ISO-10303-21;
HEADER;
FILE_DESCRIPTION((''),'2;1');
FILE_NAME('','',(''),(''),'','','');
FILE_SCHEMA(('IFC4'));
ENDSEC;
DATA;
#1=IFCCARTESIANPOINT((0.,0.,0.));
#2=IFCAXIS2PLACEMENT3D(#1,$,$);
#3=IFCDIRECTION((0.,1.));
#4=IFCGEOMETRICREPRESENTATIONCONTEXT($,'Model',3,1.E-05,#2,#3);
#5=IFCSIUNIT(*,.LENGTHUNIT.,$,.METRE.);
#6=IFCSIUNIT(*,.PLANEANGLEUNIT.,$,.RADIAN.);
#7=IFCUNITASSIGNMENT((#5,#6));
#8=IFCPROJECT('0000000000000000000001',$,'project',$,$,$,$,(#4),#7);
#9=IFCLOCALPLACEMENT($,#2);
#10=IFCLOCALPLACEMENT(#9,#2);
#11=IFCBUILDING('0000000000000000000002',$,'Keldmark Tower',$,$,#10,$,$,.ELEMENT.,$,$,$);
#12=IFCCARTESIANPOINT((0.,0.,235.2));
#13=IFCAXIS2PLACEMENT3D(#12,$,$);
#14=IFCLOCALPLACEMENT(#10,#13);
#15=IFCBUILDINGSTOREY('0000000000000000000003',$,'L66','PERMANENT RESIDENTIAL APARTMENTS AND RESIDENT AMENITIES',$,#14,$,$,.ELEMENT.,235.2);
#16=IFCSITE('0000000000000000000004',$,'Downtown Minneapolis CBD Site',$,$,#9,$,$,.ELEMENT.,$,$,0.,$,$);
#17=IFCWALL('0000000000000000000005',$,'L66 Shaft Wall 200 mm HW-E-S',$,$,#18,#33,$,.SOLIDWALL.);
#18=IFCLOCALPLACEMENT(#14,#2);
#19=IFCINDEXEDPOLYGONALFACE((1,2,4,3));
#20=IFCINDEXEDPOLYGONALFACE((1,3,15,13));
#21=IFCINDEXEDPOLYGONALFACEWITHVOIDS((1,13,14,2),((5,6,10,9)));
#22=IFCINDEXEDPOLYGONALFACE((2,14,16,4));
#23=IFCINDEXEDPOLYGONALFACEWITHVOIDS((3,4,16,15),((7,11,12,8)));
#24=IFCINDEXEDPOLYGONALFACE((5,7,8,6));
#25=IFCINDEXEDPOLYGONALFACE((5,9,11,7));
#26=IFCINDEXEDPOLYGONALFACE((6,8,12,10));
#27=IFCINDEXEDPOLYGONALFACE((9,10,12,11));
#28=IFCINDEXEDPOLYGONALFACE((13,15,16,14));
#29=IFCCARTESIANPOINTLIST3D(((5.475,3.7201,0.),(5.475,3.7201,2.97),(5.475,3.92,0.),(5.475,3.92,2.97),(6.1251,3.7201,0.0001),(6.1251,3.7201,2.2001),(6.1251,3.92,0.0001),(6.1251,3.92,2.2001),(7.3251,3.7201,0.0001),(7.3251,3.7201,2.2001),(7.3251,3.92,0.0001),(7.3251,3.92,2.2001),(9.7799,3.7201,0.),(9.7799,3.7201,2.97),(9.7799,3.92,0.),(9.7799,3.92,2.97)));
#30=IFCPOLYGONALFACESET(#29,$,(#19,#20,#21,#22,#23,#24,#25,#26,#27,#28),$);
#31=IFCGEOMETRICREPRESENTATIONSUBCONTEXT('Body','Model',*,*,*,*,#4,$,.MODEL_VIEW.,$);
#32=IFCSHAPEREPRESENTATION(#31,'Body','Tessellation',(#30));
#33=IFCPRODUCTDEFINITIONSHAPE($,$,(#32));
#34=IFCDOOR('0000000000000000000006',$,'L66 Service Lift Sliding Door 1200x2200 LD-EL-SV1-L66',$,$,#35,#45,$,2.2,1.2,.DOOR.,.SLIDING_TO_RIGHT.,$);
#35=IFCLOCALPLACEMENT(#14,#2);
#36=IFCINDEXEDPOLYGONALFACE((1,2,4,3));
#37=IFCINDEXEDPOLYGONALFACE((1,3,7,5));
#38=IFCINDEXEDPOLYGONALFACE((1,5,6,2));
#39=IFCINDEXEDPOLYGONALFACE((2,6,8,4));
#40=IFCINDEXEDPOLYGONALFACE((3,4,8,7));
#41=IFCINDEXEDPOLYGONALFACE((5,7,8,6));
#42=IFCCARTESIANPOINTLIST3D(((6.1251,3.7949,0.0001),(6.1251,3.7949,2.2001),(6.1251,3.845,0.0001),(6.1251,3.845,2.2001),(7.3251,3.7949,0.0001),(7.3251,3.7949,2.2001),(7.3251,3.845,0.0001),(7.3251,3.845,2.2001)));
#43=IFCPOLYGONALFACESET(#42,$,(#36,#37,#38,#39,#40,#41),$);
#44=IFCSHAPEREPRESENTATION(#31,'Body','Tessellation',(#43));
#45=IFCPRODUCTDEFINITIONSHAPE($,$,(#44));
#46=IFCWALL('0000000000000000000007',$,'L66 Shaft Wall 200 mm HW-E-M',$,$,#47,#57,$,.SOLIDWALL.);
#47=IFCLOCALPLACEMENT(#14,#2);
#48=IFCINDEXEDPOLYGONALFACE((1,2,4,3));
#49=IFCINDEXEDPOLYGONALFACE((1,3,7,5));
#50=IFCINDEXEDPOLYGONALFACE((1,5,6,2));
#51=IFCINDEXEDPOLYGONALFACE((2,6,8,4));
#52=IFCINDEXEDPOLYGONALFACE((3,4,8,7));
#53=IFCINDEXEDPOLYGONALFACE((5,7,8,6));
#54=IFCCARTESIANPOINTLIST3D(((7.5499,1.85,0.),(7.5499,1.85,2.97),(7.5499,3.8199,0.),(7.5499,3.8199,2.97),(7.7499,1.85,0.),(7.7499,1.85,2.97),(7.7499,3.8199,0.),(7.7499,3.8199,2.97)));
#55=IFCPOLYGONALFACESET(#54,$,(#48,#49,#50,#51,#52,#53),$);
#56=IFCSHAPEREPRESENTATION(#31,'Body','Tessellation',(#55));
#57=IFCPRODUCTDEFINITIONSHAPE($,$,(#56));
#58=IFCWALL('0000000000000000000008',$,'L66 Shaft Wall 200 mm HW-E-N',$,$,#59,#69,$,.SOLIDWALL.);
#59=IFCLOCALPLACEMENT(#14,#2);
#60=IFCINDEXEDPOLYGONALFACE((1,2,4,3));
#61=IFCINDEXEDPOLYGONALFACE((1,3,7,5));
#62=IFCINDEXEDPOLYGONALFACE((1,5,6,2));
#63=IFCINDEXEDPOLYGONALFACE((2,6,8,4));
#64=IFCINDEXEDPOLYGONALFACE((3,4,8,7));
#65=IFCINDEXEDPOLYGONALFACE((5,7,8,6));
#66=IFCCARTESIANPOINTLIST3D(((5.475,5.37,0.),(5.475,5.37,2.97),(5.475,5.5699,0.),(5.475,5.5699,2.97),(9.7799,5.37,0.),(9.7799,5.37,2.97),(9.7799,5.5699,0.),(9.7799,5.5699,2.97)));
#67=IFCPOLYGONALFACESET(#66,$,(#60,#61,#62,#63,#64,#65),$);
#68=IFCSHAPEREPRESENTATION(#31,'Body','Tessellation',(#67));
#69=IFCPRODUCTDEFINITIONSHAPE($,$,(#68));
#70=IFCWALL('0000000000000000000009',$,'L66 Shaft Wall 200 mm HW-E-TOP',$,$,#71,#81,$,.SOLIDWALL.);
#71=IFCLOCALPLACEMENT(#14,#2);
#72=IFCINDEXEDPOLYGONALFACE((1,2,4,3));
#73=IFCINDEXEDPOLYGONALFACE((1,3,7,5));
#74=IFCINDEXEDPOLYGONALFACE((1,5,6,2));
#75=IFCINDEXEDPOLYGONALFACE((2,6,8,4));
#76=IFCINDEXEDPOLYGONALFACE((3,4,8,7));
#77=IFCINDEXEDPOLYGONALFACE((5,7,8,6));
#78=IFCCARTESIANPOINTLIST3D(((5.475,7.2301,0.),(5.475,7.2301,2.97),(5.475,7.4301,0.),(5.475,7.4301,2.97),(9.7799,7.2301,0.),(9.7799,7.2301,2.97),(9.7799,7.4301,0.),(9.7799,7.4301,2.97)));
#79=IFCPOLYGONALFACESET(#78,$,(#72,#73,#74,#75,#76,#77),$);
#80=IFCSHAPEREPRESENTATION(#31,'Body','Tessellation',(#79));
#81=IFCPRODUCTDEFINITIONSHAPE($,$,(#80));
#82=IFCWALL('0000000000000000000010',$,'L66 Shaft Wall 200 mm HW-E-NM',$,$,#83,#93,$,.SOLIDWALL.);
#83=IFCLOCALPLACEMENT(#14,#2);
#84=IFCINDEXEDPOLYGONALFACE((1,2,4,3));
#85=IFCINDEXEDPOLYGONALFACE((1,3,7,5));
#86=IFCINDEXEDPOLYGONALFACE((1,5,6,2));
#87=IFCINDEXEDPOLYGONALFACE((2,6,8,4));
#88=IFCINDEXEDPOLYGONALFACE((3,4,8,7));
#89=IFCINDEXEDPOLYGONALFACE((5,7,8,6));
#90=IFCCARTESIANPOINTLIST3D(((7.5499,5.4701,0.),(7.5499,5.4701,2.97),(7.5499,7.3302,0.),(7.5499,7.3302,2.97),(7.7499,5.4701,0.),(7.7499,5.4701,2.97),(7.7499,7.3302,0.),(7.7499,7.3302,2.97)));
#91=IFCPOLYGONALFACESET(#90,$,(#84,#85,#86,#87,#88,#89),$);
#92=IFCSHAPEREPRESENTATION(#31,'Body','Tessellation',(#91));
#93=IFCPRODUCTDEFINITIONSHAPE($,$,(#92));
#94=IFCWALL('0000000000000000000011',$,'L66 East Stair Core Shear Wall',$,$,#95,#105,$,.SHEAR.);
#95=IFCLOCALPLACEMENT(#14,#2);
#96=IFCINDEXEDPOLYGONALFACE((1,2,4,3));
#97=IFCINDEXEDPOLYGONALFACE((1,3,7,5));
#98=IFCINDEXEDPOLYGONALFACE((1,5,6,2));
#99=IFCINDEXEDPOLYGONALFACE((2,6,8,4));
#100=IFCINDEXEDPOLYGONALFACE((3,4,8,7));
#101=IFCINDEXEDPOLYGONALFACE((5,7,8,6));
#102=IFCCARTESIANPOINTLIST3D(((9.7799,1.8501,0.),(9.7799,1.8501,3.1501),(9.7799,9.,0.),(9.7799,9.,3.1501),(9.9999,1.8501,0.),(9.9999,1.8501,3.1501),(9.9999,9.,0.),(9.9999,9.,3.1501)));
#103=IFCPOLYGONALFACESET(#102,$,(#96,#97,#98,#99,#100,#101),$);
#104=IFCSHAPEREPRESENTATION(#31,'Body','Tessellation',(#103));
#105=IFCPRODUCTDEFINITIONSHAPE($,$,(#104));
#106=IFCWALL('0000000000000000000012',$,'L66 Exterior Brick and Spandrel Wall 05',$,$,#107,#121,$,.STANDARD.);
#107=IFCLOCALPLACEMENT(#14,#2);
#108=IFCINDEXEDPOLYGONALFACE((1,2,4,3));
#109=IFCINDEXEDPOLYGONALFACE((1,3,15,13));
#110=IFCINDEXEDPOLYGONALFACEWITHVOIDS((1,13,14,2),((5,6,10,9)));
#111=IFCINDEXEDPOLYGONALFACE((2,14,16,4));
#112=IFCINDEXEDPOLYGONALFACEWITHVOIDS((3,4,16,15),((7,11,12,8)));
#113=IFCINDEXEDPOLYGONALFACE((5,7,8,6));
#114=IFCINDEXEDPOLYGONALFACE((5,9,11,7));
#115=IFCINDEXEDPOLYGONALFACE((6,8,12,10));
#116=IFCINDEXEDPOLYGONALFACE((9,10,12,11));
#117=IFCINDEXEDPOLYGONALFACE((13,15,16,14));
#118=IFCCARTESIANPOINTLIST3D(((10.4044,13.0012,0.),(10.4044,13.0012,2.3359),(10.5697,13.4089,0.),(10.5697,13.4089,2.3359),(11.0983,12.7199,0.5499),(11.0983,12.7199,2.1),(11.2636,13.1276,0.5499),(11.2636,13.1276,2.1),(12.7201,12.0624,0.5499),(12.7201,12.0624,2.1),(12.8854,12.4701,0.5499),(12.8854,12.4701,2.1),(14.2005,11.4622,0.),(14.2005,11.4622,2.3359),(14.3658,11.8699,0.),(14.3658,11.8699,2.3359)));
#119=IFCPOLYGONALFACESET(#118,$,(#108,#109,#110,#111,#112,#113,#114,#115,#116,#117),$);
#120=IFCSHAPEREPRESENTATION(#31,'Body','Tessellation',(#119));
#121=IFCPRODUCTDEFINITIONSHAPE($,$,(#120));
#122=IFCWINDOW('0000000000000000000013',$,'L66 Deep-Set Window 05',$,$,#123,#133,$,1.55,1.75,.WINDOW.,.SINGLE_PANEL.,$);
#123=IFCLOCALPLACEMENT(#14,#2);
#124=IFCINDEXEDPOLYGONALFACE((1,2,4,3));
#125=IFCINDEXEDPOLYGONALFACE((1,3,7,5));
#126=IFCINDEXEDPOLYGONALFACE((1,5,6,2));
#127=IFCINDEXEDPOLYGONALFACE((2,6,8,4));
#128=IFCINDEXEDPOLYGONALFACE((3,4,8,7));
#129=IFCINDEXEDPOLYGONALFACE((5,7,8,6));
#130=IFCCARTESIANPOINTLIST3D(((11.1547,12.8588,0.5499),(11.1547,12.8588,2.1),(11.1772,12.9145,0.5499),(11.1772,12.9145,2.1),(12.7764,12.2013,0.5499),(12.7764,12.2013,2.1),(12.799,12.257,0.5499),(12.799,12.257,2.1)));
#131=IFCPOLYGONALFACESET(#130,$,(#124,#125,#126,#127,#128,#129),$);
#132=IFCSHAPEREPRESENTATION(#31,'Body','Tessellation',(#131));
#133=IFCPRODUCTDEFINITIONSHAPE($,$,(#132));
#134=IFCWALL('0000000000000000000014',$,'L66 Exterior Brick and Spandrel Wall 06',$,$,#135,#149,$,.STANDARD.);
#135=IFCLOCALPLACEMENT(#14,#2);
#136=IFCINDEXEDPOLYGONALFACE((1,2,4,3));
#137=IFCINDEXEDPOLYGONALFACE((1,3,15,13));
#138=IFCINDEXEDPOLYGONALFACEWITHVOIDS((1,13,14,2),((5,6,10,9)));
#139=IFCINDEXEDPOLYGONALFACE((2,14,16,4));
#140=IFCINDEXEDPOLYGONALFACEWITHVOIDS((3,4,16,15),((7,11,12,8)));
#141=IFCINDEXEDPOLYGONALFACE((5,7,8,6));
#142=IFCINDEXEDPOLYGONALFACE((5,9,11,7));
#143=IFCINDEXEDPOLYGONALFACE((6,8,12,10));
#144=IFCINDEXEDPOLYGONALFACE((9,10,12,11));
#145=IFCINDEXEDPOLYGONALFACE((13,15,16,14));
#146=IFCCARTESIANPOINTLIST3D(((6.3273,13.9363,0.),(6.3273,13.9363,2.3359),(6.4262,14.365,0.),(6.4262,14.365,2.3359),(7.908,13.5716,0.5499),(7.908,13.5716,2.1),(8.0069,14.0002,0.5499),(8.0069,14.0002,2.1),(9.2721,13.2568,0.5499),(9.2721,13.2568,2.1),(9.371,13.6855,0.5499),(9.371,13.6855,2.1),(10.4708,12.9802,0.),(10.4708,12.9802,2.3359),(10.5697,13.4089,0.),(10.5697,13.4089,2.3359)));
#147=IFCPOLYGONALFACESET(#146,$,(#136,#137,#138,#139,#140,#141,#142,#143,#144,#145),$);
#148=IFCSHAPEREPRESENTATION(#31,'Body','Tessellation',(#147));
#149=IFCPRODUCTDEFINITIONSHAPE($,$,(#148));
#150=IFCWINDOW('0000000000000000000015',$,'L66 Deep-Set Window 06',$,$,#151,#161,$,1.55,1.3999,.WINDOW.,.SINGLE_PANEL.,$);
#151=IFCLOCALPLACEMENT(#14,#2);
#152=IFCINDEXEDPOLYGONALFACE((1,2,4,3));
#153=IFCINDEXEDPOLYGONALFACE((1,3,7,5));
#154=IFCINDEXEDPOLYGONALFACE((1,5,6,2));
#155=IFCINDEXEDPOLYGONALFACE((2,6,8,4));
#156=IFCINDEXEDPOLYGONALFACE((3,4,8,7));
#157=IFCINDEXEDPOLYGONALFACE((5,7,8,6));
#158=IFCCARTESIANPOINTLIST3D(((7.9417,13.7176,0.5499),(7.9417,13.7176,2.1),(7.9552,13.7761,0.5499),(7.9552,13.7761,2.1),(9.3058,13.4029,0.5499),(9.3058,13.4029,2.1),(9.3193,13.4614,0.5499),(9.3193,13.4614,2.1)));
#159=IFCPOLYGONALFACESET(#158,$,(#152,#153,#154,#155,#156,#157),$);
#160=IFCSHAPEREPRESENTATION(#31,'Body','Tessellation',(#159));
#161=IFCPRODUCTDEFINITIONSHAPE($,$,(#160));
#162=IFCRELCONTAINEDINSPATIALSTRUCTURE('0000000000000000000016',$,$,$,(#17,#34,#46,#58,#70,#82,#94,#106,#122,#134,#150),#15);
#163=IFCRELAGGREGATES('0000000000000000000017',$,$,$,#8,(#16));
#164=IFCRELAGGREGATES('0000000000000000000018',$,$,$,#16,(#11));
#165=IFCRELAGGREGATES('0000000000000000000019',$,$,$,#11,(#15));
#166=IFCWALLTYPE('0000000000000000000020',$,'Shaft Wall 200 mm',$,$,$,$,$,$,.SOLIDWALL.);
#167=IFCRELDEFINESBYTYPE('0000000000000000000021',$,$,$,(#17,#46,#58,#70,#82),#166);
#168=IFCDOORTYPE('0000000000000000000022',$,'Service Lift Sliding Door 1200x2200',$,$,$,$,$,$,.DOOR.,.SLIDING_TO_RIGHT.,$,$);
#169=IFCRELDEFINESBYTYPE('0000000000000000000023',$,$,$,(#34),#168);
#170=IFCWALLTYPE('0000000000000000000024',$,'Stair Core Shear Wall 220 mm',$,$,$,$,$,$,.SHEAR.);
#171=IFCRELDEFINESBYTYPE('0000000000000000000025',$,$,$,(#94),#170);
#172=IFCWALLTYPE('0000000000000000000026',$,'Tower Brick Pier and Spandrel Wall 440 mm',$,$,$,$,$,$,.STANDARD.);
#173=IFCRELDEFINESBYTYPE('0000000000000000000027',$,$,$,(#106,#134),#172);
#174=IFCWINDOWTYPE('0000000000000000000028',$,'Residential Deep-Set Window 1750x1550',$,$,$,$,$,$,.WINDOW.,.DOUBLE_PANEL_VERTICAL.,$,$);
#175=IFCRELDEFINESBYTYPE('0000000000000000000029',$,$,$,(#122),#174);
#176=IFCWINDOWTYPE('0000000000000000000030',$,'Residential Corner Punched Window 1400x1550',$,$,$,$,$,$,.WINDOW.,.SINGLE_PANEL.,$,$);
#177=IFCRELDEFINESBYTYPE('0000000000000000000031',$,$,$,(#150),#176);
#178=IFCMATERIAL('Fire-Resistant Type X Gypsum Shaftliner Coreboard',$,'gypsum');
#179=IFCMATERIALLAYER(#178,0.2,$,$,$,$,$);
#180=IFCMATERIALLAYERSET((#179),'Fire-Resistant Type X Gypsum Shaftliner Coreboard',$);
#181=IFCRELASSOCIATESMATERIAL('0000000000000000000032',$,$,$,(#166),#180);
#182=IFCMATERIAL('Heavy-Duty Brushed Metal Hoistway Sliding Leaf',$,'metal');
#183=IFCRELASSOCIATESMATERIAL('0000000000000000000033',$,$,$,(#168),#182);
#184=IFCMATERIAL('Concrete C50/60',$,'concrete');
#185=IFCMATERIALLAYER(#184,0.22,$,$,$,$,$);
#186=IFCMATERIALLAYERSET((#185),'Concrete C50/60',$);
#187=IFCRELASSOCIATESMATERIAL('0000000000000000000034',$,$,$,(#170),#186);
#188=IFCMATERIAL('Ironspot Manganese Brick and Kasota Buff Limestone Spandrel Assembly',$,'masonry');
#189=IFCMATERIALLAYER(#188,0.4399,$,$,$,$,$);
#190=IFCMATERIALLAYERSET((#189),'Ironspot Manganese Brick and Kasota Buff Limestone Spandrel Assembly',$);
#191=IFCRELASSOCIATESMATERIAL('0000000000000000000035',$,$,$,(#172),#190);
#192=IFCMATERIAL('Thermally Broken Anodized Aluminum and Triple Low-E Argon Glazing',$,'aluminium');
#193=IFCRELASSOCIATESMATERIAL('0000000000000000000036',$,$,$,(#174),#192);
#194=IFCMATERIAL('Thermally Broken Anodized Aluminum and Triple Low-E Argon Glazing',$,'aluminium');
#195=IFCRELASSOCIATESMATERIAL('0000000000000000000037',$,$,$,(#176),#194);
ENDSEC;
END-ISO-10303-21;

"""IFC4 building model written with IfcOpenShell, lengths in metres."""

from ifc_helpers import new_model, si_unit, direction, frame, frame_2d, origin, place, context, subcontext, project, spatial, rectangle, extrude, material, layer, layer_set, type_object, element, fill, save


model = new_model("IFC4")

# Units and contexts
model_context = context("Model", 3, precision=1e-05, world=origin(), true_north=direction((0.0, 1.0)))
body_context = subcontext(model_context, "Body", "Model", "MODEL_VIEW")
ifc_project = project(units=[si_unit("LENGTHUNIT", "METRE"), si_unit("PLANEANGLEUNIT", "RADIAN")], contexts=[model_context])

# Site, building, storey
site_placement = place(None, origin())
site = spatial("IfcSite", under=ifc_project, at=site_placement, Name="Downtown Minneapolis CBD Site", CompositionType="ELEMENT", RefElevation=0.0)
building_placement = place(site_placement, origin())
building = spatial("IfcBuilding", under=site, at=building_placement, Name="Keldmark Tower", CompositionType="ELEMENT")
storey_placement = place(building_placement, frame((0.0, 0.0, 235.2)))
storey = spatial("IfcBuildingStorey", under=building, at=storey_placement, Name="L66", Description="PERMANENT RESIDENTIAL APARTMENTS AND RESIDENT AMENITIES", CompositionType="ELEMENT", Elevation=235.2)

# Wall, opening, door
ifc_material_1 = material(Name="Fire-Resistant Type X Gypsum Shaftliner Coreboard", Category="gypsum")
ifc_layer_1 = layer(ifc_material_1, 0.2)
ifc_layer_set_1 = layer_set([ifc_layer_1], Name="Fire-Resistant Type X Gypsum Shaftliner Coreboard")
wall_type_1 = type_object("IfcWallType", Name="Shaft Wall 200 mm", PredefinedType="SOLIDWALL", material=ifc_layer_set_1)
wall_1_placement = place(storey_placement, frame((5.4751, 3.8201, 0.0), z_axis=(0.0, 0.0, 1.0), x_axis=(1.0, 0.0, 0.0)))
wall_1 = element("IfcWall", 1, at=wall_1_placement, inside=storey, type_object=wall_type_1, Name="L66 Shaft Wall 200 mm HW-E-S", PredefinedType="SOLIDWALL", context=body_context, shape_type="SweptSolid", body=[
    extrude(rectangle(XDim=4.3049, YDim=0.2, at=frame_2d((2.1523, 0.0))), origin(), (0.0, 0.0, 1.0), 2.97),
])
opening_1_placement = place(wall_1_placement, frame((0.6499, 0.0, 0.0)))
opening_1 = element("IfcOpeningElement", 2, at=opening_1_placement, cuts=wall_1, PredefinedType="OPENING", context=body_context, shape_type="SweptSolid", body=[
    extrude(rectangle(XDim=1.2, YDim=2.2, at=frame_2d((0.6001, 1.1001))), frame((0.0, 0.1099, 0.0), z_axis=(0.0, -1.0, 0.0), x_axis=(1.0, 0.0, 0.0)), (0.0, 0.0, 1.0), 0.22),
])
ifc_material_2 = material(Name="Heavy-Duty Brushed Metal Hoistway Sliding Leaf", Category="metal")
door_type_1 = type_object("IfcDoorType", Name="Service Lift Sliding Door 1200x2200", OperationType="SLIDING_TO_RIGHT", PredefinedType="DOOR", material=ifc_material_2)
door_1_placement = place(opening_1_placement, origin())
door_1 = element("IfcDoor", 3, at=door_1_placement, inside=storey, type_object=door_type_1, Name="L66 Service Lift Sliding Door 1200x2200 LD-EL-SV1-L66", OperationType="SLIDING_TO_RIGHT", OverallHeight=2.2, OverallWidth=1.2, PredefinedType="DOOR", context=body_context, shape_type="SweptSolid", body=[
    extrude(rectangle(XDim=1.2, YDim=2.2, at=frame_2d((0.6001, 1.1001))), frame((0.0, 0.0249, 0.0), z_axis=(0.0, -1.0, 0.0), x_axis=(1.0, 0.0, 0.0)), (0.0, 0.0, 1.0), 0.05),
])
fill(opening_1, door_1)

# Walls
wall_2_placement = place(storey_placement, frame((7.6499, 1.8501, 0.0), z_axis=(0.0, 0.0, 1.0), x_axis=(0.0, 1.0, 0.0)))
element("IfcWall", 4, at=wall_2_placement, inside=storey, type_object=wall_type_1, Name="L66 Shaft Wall 200 mm HW-E-M", PredefinedType="SOLIDWALL", context=body_context, shape_type="SweptSolid", body=[
    extrude(rectangle(XDim=1.97, YDim=0.2, at=frame_2d((0.9849, 0.0))), origin(), (0.0, 0.0, 1.0), 2.97),
])
for number, where, z_axis, x_axis, name in (
    (5, (5.4751, 5.47, 0.0), (0.0, 0.0, 1.0), (1.0, 0.0, 0.0), "L66 Shaft Wall 200 mm HW-E-N"),
    (6, (5.4751, 7.3301, 0.0), (0.0, 0.0, 1.0), (1.0, 0.0, 0.0), "L66 Shaft Wall 200 mm HW-E-TOP"),
):
    element("IfcWall", number, at=place(storey_placement, frame(where, z_axis=z_axis, x_axis=x_axis)), inside=storey, type_object=wall_type_1, Name=name, PredefinedType="SOLIDWALL", context=body_context, shape_type="SweptSolid", body=[
        extrude(rectangle(XDim=4.3049, YDim=0.2, at=frame_2d((2.1523, 0.0))), origin(), (0.0, 0.0, 1.0), 2.97),
    ])
wall_3_placement = place(storey_placement, frame((7.6499, 5.47, 0.0), z_axis=(0.0, 0.0, 1.0), x_axis=(0.0, 1.0, 0.0)))
element("IfcWall", 7, at=wall_3_placement, inside=storey, type_object=wall_type_1, Name="L66 Shaft Wall 200 mm HW-E-NM", PredefinedType="SOLIDWALL", context=body_context, shape_type="SweptSolid", body=[
    extrude(rectangle(XDim=1.8601, YDim=0.2, at=frame_2d((0.9302, 0.0))), origin(), (0.0, 0.0, 1.0), 2.97),
])
ifc_material_3 = material(Name="Concrete C50/60", Category="concrete")
ifc_layer_2 = layer(ifc_material_3, 0.22)
ifc_layer_set_2 = layer_set([ifc_layer_2], Name="Concrete C50/60")
wall_type_2 = type_object("IfcWallType", Name="Stair Core Shear Wall 220 mm", PredefinedType="SHEAR", material=ifc_layer_set_2)
wall_4_placement = place(storey_placement, frame((9.8899, 1.8501, 0.0), z_axis=(0.0, 0.0, 1.0), x_axis=(0.0, 1.0, 0.0)))
element("IfcWall", 8, at=wall_4_placement, inside=storey, type_object=wall_type_2, Name="L66 East Stair Core Shear Wall", PredefinedType="SHEAR", context=body_context, shape_type="SweptSolid", body=[
    extrude(rectangle(XDim=7.1499, YDim=0.22, at=frame_2d((3.575, 0.0))), origin(), (0.0, 0.0, 1.0), 3.1501),
])

# Walls, openings, windows
ifc_material_4 = material(Name="Ironspot Manganese Brick and Kasota Buff Limestone Spandrel Assembly", Category="masonry")
ifc_layer_3 = layer(ifc_material_4, 0.4399)
ifc_layer_set_3 = layer_set([ifc_layer_3], Name="Ironspot Manganese Brick and Kasota Buff Limestone Spandrel Assembly")
wall_type_3 = type_object("IfcWallType", Name="Tower Brick Pier and Spandrel Wall 440 mm", PredefinedType="STANDARD", material=ifc_layer_set_3)
wall_5_placement = place(storey_placement, frame((10.4871, 13.2051, 0.0), z_axis=(0.0, 0.0, 1.0), x_axis=(0.926732, -0.375723, 0.0)))
wall_5 = element("IfcWall", 9, at=wall_5_placement, inside=storey, type_object=wall_type_3, Name="L66 Exterior Brick and Spandrel Wall 05", PredefinedType="STANDARD", context=body_context, shape_type="SweptSolid", body=[
    extrude(rectangle(XDim=4.0962, YDim=0.4399, at=frame_2d((2.0481, 0.0))), origin(), (0.0, 0.0, 1.0), 2.3359),
])
opening_2_placement = place(wall_5_placement, frame((0.7488, 0.0, 0.55)))
opening_2 = element("IfcOpeningElement", 10, at=opening_2_placement, cuts=wall_5, PredefinedType="OPENING", context=body_context, shape_type="SweptSolid", body=[
    extrude(rectangle(XDim=1.75, YDim=1.55, at=frame_2d((0.875, 0.7749))), frame((0.0, 0.23, 0.0), z_axis=(0.0, -1.0, 0.0), x_axis=(1.0, 0.0, 0.0)), (0.0, 0.0, 1.0), 0.46),
])
ifc_material_5 = material(Name="Thermally Broken Anodized Aluminum and Triple Low-E Argon Glazing", Category="aluminium")
window_type_1 = type_object("IfcWindowType", Name="Residential Deep-Set Window 1750x1550", PartitioningType="DOUBLE_PANEL_VERTICAL", PredefinedType="WINDOW", material=ifc_material_5)
window_1_placement = place(opening_2_placement, origin())
window_1 = element("IfcWindow", 11, at=window_1_placement, inside=storey, type_object=window_type_1, Name="L66 Deep-Set Window 05", OverallHeight=1.55, OverallWidth=1.75, PartitioningType="SINGLE_PANEL", PredefinedType="WINDOW", context=body_context, shape_type="SweptSolid", body=[
    extrude(rectangle(XDim=1.75, YDim=1.55, at=frame_2d((0.875, 0.7749))), frame((0.0, -0.01, 0.0), z_axis=(0.0, -1.0, 0.0), x_axis=(1.0, 0.0, 0.0)), (0.0, 0.0, 1.0), 0.0601),
])
fill(opening_2, window_1)
wall_6_placement = place(storey_placement, frame((6.3767, 14.1506, 0.0), z_axis=(0.0, 0.0, 1.0), x_axis=(0.974399, -0.224826, 0.0)))
wall_6 = element("IfcWall", 12, at=wall_6_placement, inside=storey, type_object=wall_type_3, Name="L66 Exterior Brick and Spandrel Wall 06", PredefinedType="STANDARD", context=body_context, shape_type="SweptSolid", body=[
    extrude(rectangle(XDim=4.2524, YDim=0.4399, at=frame_2d((2.1262, 0.0))), origin(), (0.0, 0.0, 1.0), 2.3359),
])
opening_3_placement = place(wall_6_placement, frame((1.6223, 0.0, 0.55)))
opening_3 = element("IfcOpeningElement", 13, at=opening_3_placement, cuts=wall_6, PredefinedType="OPENING", context=body_context, shape_type="SweptSolid", body=[
    extrude(rectangle(XDim=1.3999, YDim=1.55, at=frame_2d((0.7, 0.7749))), frame((0.0, 0.23, 0.0), z_axis=(0.0, -1.0, 0.0), x_axis=(1.0, 0.0, 0.0)), (0.0, 0.0, 1.0), 0.46),
])
ifc_material_6 = material(Name="Thermally Broken Anodized Aluminum and Triple Low-E Argon Glazing", Category="aluminium")
window_type_2 = type_object("IfcWindowType", Name="Residential Corner Punched Window 1400x1550", PartitioningType="SINGLE_PANEL", PredefinedType="WINDOW", material=ifc_material_6)
window_2_placement = place(opening_3_placement, origin())
window_2 = element("IfcWindow", 14, at=window_2_placement, inside=storey, type_object=window_type_2, Name="L66 Deep-Set Window 06", OverallHeight=1.55, OverallWidth=1.3999, PartitioningType="SINGLE_PANEL", PredefinedType="WINDOW", context=body_context, shape_type="SweptSolid", body=[
    extrude(rectangle(XDim=1.3999, YDim=1.55, at=frame_2d((0.7, 0.7749))), frame((0.0, -0.01, 0.0), z_axis=(0.0, -1.0, 0.0), x_axis=(1.0, 0.0, 0.0)), (0.0, 0.0, 1.0), 0.0601),
])
fill(opening_3, window_2)

save(model, "model.ifc")
